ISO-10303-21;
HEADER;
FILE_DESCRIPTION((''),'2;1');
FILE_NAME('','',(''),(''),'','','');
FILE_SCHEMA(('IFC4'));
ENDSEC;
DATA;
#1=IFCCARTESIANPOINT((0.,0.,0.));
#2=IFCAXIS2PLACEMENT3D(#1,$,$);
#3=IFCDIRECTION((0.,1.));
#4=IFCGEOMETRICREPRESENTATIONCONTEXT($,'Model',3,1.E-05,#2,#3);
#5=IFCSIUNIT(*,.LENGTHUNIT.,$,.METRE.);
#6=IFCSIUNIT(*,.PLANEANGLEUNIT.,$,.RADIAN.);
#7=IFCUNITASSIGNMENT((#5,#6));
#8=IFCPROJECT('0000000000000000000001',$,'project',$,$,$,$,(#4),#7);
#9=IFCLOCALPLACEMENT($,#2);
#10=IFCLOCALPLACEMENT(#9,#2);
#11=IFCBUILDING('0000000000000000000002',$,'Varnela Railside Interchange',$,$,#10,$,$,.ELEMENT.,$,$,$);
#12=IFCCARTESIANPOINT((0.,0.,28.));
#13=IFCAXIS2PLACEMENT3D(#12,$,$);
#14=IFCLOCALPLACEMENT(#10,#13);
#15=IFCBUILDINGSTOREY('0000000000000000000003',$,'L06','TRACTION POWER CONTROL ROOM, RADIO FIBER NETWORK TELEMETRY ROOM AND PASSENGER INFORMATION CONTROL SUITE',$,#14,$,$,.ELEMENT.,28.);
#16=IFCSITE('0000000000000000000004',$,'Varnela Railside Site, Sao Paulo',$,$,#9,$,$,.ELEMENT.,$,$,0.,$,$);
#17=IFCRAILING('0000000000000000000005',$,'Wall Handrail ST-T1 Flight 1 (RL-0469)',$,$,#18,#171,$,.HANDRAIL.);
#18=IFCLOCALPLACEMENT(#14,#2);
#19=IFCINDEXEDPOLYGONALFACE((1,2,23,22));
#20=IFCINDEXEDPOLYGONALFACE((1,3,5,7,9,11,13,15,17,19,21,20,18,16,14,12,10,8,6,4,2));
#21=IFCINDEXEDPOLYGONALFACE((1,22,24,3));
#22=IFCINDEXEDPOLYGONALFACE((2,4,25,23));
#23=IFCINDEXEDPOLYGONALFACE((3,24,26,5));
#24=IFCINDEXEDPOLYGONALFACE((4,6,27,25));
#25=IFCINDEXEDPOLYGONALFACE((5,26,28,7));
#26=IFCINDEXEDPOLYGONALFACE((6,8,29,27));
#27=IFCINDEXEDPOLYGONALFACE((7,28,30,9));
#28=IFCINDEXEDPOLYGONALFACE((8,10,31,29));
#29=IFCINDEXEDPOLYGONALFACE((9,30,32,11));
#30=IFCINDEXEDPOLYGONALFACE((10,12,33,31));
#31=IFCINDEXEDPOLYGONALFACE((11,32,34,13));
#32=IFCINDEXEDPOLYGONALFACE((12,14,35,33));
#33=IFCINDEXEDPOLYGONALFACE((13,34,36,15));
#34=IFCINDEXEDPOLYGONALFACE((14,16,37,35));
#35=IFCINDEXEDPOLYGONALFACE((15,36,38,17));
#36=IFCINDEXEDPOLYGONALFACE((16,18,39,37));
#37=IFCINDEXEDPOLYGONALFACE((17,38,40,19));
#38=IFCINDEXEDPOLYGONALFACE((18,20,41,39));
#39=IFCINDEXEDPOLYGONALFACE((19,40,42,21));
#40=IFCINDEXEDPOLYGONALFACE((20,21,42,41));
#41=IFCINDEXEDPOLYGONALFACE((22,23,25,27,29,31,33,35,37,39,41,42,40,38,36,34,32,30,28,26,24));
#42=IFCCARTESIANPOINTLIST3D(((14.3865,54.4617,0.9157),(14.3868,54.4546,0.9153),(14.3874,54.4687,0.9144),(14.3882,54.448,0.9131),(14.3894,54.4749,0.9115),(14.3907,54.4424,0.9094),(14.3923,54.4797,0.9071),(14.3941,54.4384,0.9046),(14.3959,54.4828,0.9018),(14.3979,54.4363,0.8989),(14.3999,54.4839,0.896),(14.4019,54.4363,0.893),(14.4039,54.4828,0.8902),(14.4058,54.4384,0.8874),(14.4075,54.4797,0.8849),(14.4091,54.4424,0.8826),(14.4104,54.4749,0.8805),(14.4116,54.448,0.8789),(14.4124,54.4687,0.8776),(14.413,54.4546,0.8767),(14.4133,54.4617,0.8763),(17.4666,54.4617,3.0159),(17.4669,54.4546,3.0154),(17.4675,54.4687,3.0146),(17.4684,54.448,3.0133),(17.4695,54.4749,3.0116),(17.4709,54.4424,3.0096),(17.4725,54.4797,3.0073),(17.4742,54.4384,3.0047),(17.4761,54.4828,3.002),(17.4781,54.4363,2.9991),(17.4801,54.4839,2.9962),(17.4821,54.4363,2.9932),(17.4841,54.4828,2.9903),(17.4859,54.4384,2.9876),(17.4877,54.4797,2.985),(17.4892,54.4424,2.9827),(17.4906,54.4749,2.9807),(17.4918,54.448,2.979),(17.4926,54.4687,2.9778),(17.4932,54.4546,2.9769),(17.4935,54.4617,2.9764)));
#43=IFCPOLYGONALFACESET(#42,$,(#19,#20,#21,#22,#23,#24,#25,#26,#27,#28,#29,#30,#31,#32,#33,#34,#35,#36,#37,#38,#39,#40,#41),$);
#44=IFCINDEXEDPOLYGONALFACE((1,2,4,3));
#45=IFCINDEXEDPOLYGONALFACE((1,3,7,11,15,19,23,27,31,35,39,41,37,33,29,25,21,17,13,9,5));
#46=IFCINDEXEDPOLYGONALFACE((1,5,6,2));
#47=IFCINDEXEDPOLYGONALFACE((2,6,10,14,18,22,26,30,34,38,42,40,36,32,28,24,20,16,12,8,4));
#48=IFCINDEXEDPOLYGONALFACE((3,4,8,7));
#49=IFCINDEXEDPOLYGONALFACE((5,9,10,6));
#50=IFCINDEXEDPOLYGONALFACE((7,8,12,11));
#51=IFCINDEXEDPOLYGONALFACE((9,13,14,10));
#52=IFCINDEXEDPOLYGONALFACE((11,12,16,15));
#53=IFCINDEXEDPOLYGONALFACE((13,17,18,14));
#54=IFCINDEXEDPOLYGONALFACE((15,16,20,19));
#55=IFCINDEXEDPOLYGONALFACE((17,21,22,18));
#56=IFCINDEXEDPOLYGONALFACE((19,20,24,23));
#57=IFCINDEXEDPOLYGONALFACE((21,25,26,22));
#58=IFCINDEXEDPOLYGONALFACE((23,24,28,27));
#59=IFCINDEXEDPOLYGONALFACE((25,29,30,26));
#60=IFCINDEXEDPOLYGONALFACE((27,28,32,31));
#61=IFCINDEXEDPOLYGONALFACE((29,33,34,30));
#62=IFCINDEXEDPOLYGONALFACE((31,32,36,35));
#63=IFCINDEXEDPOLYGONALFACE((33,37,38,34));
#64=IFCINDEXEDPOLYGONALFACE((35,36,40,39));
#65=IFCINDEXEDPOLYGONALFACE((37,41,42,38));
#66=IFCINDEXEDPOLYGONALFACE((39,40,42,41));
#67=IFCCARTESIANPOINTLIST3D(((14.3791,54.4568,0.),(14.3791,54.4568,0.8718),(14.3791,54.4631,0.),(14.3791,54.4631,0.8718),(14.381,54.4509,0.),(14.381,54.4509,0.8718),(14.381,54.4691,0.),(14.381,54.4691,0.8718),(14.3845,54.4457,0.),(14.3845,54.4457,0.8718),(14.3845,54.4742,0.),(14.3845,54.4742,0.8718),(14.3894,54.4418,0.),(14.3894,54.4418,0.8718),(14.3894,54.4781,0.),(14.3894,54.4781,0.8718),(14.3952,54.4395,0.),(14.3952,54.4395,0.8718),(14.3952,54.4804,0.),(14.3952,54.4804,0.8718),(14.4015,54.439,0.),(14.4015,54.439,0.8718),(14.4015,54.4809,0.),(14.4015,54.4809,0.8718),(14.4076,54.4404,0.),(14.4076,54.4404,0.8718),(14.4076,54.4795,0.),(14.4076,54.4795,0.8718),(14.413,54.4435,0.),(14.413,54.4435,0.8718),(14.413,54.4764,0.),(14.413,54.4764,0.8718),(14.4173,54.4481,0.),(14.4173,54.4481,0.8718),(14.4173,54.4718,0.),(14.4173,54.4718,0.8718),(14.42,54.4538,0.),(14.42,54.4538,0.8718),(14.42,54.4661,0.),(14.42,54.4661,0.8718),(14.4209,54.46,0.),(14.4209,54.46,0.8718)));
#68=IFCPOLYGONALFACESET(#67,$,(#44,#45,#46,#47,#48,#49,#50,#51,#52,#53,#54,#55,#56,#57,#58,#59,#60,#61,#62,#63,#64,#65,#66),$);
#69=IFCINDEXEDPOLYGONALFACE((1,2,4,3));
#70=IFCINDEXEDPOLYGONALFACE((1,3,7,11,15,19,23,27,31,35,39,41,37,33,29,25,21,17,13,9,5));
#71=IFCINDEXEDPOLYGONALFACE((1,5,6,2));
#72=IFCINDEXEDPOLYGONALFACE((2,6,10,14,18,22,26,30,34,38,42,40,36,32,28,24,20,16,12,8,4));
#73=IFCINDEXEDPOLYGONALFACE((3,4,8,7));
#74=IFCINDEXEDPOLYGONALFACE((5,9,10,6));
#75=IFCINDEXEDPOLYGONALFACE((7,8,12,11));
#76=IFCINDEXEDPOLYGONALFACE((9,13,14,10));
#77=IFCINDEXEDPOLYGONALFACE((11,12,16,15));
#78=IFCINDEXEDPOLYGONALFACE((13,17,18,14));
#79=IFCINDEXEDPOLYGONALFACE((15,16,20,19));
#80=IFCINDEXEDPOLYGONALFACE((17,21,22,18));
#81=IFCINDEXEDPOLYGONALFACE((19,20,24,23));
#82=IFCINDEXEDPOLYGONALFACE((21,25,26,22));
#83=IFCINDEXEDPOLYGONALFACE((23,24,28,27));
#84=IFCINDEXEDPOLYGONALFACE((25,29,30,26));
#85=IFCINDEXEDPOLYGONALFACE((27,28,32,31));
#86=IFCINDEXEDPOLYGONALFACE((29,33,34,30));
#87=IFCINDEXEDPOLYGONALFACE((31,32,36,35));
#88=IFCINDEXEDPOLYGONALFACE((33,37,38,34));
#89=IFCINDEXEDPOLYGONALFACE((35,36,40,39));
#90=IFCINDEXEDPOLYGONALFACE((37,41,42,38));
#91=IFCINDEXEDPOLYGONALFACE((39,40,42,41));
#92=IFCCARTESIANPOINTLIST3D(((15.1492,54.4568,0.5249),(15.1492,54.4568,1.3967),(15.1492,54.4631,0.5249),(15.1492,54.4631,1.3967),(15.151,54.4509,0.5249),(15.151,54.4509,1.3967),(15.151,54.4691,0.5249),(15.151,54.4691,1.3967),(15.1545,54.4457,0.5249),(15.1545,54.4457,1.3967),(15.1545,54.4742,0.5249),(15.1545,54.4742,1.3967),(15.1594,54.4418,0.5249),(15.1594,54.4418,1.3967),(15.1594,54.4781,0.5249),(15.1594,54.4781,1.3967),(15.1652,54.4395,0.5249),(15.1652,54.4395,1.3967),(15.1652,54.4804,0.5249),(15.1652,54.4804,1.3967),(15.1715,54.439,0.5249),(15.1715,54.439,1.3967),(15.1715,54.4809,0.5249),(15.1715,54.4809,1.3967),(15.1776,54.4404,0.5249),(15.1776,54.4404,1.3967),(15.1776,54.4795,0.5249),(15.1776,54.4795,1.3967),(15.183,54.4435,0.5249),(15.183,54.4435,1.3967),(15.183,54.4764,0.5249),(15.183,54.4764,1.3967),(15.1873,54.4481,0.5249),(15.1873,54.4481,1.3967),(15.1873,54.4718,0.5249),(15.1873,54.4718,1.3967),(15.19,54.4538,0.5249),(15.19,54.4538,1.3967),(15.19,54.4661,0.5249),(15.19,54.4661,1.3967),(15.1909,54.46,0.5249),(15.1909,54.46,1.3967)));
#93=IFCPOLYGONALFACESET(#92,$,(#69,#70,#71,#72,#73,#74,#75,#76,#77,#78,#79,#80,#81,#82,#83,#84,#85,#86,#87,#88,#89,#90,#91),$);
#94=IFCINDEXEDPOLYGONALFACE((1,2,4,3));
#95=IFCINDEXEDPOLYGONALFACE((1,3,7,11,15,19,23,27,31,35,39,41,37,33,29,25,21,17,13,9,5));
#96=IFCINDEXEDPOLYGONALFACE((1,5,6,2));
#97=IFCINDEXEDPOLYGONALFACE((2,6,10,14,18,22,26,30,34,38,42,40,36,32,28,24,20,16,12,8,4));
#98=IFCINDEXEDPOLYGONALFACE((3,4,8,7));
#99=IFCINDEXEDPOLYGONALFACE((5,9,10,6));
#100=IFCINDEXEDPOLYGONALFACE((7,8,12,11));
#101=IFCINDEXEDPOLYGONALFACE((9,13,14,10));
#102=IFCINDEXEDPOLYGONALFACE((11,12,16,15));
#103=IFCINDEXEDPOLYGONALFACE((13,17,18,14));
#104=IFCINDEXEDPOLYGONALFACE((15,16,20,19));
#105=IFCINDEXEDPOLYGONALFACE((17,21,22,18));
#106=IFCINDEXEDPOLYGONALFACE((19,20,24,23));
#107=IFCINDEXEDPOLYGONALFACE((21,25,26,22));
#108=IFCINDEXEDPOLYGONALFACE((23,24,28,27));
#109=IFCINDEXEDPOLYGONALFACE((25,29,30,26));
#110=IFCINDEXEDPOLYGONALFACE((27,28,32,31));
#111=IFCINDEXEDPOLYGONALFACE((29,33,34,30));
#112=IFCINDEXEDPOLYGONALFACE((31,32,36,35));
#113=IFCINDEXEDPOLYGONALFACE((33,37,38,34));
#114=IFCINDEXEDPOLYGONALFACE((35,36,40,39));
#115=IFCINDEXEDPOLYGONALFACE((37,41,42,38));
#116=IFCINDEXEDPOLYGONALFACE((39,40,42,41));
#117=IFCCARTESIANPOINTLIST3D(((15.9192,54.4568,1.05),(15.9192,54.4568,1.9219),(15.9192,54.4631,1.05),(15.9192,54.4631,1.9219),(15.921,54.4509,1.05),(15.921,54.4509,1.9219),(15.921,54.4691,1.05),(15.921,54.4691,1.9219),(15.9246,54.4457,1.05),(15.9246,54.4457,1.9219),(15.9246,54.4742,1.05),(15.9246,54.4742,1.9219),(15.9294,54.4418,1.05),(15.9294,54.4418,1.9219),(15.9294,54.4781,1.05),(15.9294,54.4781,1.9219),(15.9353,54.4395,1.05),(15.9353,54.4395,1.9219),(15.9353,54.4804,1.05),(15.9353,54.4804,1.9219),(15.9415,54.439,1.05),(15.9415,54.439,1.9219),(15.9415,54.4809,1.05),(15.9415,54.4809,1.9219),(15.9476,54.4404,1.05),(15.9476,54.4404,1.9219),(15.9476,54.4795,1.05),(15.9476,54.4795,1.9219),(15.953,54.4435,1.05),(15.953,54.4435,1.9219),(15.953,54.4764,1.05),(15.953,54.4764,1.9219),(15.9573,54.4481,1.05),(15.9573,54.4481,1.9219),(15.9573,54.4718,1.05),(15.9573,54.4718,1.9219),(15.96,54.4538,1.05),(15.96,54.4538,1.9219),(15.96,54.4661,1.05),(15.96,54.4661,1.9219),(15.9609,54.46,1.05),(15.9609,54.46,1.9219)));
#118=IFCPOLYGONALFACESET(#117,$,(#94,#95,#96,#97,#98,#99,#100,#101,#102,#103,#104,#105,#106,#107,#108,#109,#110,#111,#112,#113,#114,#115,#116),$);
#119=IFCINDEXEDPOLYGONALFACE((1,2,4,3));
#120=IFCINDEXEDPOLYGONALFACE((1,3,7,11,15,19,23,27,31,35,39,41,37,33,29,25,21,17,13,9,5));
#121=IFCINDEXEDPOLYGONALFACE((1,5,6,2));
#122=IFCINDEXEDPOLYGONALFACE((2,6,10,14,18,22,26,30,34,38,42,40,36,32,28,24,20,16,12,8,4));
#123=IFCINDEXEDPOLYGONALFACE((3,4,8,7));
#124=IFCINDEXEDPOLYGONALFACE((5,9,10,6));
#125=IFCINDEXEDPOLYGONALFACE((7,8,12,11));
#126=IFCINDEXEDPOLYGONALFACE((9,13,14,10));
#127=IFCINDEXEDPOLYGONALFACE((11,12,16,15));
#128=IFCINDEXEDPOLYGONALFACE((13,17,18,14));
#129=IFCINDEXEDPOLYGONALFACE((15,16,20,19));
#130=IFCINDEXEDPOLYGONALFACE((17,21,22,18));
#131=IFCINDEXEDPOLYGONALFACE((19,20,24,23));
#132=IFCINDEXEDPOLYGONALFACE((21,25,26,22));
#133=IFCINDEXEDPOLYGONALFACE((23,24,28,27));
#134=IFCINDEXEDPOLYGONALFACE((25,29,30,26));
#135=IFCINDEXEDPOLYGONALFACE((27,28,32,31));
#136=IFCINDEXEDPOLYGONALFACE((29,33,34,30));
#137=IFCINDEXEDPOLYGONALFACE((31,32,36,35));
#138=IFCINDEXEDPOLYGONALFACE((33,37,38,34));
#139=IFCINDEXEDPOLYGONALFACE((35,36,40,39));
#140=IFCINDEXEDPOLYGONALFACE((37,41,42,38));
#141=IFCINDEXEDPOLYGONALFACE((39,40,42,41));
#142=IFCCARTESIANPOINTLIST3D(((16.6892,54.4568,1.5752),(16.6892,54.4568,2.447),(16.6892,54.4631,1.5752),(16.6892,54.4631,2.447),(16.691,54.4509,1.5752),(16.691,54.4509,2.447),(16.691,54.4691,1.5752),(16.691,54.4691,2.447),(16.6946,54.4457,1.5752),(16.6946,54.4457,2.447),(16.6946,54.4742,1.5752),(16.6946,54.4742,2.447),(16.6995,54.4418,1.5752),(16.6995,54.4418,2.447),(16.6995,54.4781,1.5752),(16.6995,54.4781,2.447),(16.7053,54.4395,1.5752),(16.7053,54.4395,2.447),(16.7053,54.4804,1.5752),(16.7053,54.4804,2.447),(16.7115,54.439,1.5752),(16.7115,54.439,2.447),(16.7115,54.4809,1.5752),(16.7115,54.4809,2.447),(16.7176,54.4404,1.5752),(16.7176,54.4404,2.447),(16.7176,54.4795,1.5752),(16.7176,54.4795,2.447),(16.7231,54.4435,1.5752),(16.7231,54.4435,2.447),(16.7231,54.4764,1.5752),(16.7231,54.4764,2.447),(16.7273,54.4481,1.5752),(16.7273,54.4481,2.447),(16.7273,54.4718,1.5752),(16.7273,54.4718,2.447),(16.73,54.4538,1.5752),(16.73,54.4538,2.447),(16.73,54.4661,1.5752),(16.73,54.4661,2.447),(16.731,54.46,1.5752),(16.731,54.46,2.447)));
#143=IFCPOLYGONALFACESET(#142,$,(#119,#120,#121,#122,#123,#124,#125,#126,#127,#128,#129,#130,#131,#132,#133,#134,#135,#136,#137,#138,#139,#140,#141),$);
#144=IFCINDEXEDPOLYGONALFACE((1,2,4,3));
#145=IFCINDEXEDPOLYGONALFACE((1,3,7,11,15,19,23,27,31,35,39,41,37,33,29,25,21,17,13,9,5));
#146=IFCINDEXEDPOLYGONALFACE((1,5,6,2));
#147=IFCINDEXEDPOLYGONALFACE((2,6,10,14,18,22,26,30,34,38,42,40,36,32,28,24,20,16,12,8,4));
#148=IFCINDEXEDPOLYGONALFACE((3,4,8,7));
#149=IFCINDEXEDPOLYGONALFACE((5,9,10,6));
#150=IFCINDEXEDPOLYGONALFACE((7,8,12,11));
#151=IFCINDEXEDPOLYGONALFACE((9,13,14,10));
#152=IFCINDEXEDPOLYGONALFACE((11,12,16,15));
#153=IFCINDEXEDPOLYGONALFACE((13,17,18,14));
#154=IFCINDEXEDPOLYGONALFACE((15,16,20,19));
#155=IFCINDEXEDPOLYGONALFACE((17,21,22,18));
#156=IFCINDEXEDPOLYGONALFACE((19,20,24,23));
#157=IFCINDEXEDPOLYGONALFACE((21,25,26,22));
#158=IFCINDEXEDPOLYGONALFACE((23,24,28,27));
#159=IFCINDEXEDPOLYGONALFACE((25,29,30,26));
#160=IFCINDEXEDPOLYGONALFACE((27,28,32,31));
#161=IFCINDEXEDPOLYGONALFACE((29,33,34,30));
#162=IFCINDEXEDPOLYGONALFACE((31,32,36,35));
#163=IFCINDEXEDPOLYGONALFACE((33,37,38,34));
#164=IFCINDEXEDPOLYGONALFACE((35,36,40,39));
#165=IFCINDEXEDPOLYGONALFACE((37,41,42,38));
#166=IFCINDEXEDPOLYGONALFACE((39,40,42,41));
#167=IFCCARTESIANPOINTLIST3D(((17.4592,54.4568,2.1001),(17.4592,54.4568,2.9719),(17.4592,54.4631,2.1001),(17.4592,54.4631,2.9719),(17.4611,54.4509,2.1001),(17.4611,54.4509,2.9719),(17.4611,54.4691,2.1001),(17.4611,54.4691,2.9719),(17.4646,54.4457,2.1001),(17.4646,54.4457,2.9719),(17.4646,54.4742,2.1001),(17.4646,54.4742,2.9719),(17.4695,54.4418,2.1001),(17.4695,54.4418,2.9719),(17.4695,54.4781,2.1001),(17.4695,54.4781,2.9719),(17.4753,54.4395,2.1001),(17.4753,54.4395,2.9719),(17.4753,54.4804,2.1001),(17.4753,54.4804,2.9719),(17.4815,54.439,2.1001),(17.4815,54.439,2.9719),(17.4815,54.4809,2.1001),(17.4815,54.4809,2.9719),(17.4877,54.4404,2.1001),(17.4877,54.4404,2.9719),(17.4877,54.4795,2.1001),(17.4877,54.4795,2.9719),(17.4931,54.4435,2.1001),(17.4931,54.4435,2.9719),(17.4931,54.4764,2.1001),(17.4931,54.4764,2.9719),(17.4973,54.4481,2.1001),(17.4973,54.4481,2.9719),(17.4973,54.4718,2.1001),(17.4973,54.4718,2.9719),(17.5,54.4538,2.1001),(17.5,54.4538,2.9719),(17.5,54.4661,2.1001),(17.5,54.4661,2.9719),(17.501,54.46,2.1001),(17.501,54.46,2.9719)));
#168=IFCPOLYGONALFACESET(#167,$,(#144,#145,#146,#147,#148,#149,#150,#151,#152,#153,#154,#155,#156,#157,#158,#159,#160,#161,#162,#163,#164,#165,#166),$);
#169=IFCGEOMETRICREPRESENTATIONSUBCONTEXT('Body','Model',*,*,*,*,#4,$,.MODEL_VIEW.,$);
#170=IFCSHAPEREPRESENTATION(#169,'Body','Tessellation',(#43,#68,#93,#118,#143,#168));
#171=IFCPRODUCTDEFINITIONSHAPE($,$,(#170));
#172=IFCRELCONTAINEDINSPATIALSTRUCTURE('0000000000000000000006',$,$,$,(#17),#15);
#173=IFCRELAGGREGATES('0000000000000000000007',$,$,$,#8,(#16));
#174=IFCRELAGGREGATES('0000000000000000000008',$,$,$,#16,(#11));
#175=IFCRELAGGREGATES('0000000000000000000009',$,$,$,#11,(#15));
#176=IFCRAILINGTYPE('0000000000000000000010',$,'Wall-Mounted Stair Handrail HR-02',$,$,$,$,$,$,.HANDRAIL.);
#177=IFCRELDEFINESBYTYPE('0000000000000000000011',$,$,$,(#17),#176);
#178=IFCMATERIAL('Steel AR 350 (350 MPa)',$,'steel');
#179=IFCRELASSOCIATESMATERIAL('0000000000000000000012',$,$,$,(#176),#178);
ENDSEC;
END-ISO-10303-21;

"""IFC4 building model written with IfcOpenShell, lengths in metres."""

from ifc_helpers import new_model, si_unit, direction, frame, origin, origin_2d, place, context, subcontext, project, spatial, circle, extrude, material, type_object, element, save


model = new_model("IFC4")

# Units and contexts
model_context = context("Model", 3, precision=1e-05, world=origin(), true_north=direction((0.0, 1.0)))
body_context = subcontext(model_context, "Body", "Model", "MODEL_VIEW")
ifc_project = project(units=[si_unit("LENGTHUNIT", "METRE"), si_unit("PLANEANGLEUNIT", "RADIAN")], contexts=[model_context])

# Site, building, storey
site_placement = place(None, origin())
site = spatial("IfcSite", under=ifc_project, at=site_placement, Name="Varnela Railside Site, Sao Paulo", CompositionType="ELEMENT", RefElevation=0.0)
building_placement = place(site_placement, origin())
building = spatial("IfcBuilding", under=site, at=building_placement, Name="Varnela Railside Interchange", CompositionType="ELEMENT")
storey_placement = place(building_placement, frame((0.0, 0.0, 28.0)))
storey = spatial("IfcBuildingStorey", under=building, at=storey_placement, Name="L06", Description="TRACTION POWER CONTROL ROOM, RADIO FIBER NETWORK TELEMETRY ROOM AND PASSENGER INFORMATION CONTROL SUITE", CompositionType="ELEMENT", Elevation=28.0)

# Shared definitions
ifc_material_1 = material(Name="Steel AR 350 (350 MPa)", Category="steel")

# Railing
railing_type_1 = type_object("IfcRailingType", Name="Wall-Mounted Stair Handrail HR-02", PredefinedType="HANDRAIL", material=ifc_material_1)
railing_1_placement = place(storey_placement, frame((14.3999, 54.46, 0.0)))
element("IfcRailing", 1, at=railing_1_placement, inside=storey, type_object=railing_type_1, Name="Wall Handrail ST-T1 Flight 1 (RL-0469)", PredefinedType="HANDRAIL", context=body_context, shape_type="SweptSolid", body=[
    extrude(circle(Radius=0.0239, at=origin_2d()), frame((0.0, 0.0, 0.896), z_axis=(0.826222, 0.0, 0.563345), x_axis=(0.0, 1.0, 0.0)), (0.0, 0.0, 1.0), 3.728),
    extrude(circle(Radius=0.021, at=origin_2d()), origin(), (0.0, 0.0, 1.0), 0.8718),
    extrude(circle(Radius=0.021, at=origin_2d()), frame((0.77, 0.0, 0.5249)), (0.0, 0.0, 1.0), 0.8718),
    extrude(circle(Radius=0.021, at=origin_2d()), frame((1.54, 0.0, 1.05)), (0.0, 0.0, 1.0), 0.8718),
    extrude(circle(Radius=0.021, at=origin_2d()), frame((2.3101, 0.0, 1.5752)), (0.0, 0.0, 1.0), 0.8718),
    extrude(circle(Radius=0.021, at=origin_2d()), frame((3.0801, 0.0, 2.1001)), (0.0, 0.0, 1.0), 0.8718),
])

save(model, "model.ifc")
